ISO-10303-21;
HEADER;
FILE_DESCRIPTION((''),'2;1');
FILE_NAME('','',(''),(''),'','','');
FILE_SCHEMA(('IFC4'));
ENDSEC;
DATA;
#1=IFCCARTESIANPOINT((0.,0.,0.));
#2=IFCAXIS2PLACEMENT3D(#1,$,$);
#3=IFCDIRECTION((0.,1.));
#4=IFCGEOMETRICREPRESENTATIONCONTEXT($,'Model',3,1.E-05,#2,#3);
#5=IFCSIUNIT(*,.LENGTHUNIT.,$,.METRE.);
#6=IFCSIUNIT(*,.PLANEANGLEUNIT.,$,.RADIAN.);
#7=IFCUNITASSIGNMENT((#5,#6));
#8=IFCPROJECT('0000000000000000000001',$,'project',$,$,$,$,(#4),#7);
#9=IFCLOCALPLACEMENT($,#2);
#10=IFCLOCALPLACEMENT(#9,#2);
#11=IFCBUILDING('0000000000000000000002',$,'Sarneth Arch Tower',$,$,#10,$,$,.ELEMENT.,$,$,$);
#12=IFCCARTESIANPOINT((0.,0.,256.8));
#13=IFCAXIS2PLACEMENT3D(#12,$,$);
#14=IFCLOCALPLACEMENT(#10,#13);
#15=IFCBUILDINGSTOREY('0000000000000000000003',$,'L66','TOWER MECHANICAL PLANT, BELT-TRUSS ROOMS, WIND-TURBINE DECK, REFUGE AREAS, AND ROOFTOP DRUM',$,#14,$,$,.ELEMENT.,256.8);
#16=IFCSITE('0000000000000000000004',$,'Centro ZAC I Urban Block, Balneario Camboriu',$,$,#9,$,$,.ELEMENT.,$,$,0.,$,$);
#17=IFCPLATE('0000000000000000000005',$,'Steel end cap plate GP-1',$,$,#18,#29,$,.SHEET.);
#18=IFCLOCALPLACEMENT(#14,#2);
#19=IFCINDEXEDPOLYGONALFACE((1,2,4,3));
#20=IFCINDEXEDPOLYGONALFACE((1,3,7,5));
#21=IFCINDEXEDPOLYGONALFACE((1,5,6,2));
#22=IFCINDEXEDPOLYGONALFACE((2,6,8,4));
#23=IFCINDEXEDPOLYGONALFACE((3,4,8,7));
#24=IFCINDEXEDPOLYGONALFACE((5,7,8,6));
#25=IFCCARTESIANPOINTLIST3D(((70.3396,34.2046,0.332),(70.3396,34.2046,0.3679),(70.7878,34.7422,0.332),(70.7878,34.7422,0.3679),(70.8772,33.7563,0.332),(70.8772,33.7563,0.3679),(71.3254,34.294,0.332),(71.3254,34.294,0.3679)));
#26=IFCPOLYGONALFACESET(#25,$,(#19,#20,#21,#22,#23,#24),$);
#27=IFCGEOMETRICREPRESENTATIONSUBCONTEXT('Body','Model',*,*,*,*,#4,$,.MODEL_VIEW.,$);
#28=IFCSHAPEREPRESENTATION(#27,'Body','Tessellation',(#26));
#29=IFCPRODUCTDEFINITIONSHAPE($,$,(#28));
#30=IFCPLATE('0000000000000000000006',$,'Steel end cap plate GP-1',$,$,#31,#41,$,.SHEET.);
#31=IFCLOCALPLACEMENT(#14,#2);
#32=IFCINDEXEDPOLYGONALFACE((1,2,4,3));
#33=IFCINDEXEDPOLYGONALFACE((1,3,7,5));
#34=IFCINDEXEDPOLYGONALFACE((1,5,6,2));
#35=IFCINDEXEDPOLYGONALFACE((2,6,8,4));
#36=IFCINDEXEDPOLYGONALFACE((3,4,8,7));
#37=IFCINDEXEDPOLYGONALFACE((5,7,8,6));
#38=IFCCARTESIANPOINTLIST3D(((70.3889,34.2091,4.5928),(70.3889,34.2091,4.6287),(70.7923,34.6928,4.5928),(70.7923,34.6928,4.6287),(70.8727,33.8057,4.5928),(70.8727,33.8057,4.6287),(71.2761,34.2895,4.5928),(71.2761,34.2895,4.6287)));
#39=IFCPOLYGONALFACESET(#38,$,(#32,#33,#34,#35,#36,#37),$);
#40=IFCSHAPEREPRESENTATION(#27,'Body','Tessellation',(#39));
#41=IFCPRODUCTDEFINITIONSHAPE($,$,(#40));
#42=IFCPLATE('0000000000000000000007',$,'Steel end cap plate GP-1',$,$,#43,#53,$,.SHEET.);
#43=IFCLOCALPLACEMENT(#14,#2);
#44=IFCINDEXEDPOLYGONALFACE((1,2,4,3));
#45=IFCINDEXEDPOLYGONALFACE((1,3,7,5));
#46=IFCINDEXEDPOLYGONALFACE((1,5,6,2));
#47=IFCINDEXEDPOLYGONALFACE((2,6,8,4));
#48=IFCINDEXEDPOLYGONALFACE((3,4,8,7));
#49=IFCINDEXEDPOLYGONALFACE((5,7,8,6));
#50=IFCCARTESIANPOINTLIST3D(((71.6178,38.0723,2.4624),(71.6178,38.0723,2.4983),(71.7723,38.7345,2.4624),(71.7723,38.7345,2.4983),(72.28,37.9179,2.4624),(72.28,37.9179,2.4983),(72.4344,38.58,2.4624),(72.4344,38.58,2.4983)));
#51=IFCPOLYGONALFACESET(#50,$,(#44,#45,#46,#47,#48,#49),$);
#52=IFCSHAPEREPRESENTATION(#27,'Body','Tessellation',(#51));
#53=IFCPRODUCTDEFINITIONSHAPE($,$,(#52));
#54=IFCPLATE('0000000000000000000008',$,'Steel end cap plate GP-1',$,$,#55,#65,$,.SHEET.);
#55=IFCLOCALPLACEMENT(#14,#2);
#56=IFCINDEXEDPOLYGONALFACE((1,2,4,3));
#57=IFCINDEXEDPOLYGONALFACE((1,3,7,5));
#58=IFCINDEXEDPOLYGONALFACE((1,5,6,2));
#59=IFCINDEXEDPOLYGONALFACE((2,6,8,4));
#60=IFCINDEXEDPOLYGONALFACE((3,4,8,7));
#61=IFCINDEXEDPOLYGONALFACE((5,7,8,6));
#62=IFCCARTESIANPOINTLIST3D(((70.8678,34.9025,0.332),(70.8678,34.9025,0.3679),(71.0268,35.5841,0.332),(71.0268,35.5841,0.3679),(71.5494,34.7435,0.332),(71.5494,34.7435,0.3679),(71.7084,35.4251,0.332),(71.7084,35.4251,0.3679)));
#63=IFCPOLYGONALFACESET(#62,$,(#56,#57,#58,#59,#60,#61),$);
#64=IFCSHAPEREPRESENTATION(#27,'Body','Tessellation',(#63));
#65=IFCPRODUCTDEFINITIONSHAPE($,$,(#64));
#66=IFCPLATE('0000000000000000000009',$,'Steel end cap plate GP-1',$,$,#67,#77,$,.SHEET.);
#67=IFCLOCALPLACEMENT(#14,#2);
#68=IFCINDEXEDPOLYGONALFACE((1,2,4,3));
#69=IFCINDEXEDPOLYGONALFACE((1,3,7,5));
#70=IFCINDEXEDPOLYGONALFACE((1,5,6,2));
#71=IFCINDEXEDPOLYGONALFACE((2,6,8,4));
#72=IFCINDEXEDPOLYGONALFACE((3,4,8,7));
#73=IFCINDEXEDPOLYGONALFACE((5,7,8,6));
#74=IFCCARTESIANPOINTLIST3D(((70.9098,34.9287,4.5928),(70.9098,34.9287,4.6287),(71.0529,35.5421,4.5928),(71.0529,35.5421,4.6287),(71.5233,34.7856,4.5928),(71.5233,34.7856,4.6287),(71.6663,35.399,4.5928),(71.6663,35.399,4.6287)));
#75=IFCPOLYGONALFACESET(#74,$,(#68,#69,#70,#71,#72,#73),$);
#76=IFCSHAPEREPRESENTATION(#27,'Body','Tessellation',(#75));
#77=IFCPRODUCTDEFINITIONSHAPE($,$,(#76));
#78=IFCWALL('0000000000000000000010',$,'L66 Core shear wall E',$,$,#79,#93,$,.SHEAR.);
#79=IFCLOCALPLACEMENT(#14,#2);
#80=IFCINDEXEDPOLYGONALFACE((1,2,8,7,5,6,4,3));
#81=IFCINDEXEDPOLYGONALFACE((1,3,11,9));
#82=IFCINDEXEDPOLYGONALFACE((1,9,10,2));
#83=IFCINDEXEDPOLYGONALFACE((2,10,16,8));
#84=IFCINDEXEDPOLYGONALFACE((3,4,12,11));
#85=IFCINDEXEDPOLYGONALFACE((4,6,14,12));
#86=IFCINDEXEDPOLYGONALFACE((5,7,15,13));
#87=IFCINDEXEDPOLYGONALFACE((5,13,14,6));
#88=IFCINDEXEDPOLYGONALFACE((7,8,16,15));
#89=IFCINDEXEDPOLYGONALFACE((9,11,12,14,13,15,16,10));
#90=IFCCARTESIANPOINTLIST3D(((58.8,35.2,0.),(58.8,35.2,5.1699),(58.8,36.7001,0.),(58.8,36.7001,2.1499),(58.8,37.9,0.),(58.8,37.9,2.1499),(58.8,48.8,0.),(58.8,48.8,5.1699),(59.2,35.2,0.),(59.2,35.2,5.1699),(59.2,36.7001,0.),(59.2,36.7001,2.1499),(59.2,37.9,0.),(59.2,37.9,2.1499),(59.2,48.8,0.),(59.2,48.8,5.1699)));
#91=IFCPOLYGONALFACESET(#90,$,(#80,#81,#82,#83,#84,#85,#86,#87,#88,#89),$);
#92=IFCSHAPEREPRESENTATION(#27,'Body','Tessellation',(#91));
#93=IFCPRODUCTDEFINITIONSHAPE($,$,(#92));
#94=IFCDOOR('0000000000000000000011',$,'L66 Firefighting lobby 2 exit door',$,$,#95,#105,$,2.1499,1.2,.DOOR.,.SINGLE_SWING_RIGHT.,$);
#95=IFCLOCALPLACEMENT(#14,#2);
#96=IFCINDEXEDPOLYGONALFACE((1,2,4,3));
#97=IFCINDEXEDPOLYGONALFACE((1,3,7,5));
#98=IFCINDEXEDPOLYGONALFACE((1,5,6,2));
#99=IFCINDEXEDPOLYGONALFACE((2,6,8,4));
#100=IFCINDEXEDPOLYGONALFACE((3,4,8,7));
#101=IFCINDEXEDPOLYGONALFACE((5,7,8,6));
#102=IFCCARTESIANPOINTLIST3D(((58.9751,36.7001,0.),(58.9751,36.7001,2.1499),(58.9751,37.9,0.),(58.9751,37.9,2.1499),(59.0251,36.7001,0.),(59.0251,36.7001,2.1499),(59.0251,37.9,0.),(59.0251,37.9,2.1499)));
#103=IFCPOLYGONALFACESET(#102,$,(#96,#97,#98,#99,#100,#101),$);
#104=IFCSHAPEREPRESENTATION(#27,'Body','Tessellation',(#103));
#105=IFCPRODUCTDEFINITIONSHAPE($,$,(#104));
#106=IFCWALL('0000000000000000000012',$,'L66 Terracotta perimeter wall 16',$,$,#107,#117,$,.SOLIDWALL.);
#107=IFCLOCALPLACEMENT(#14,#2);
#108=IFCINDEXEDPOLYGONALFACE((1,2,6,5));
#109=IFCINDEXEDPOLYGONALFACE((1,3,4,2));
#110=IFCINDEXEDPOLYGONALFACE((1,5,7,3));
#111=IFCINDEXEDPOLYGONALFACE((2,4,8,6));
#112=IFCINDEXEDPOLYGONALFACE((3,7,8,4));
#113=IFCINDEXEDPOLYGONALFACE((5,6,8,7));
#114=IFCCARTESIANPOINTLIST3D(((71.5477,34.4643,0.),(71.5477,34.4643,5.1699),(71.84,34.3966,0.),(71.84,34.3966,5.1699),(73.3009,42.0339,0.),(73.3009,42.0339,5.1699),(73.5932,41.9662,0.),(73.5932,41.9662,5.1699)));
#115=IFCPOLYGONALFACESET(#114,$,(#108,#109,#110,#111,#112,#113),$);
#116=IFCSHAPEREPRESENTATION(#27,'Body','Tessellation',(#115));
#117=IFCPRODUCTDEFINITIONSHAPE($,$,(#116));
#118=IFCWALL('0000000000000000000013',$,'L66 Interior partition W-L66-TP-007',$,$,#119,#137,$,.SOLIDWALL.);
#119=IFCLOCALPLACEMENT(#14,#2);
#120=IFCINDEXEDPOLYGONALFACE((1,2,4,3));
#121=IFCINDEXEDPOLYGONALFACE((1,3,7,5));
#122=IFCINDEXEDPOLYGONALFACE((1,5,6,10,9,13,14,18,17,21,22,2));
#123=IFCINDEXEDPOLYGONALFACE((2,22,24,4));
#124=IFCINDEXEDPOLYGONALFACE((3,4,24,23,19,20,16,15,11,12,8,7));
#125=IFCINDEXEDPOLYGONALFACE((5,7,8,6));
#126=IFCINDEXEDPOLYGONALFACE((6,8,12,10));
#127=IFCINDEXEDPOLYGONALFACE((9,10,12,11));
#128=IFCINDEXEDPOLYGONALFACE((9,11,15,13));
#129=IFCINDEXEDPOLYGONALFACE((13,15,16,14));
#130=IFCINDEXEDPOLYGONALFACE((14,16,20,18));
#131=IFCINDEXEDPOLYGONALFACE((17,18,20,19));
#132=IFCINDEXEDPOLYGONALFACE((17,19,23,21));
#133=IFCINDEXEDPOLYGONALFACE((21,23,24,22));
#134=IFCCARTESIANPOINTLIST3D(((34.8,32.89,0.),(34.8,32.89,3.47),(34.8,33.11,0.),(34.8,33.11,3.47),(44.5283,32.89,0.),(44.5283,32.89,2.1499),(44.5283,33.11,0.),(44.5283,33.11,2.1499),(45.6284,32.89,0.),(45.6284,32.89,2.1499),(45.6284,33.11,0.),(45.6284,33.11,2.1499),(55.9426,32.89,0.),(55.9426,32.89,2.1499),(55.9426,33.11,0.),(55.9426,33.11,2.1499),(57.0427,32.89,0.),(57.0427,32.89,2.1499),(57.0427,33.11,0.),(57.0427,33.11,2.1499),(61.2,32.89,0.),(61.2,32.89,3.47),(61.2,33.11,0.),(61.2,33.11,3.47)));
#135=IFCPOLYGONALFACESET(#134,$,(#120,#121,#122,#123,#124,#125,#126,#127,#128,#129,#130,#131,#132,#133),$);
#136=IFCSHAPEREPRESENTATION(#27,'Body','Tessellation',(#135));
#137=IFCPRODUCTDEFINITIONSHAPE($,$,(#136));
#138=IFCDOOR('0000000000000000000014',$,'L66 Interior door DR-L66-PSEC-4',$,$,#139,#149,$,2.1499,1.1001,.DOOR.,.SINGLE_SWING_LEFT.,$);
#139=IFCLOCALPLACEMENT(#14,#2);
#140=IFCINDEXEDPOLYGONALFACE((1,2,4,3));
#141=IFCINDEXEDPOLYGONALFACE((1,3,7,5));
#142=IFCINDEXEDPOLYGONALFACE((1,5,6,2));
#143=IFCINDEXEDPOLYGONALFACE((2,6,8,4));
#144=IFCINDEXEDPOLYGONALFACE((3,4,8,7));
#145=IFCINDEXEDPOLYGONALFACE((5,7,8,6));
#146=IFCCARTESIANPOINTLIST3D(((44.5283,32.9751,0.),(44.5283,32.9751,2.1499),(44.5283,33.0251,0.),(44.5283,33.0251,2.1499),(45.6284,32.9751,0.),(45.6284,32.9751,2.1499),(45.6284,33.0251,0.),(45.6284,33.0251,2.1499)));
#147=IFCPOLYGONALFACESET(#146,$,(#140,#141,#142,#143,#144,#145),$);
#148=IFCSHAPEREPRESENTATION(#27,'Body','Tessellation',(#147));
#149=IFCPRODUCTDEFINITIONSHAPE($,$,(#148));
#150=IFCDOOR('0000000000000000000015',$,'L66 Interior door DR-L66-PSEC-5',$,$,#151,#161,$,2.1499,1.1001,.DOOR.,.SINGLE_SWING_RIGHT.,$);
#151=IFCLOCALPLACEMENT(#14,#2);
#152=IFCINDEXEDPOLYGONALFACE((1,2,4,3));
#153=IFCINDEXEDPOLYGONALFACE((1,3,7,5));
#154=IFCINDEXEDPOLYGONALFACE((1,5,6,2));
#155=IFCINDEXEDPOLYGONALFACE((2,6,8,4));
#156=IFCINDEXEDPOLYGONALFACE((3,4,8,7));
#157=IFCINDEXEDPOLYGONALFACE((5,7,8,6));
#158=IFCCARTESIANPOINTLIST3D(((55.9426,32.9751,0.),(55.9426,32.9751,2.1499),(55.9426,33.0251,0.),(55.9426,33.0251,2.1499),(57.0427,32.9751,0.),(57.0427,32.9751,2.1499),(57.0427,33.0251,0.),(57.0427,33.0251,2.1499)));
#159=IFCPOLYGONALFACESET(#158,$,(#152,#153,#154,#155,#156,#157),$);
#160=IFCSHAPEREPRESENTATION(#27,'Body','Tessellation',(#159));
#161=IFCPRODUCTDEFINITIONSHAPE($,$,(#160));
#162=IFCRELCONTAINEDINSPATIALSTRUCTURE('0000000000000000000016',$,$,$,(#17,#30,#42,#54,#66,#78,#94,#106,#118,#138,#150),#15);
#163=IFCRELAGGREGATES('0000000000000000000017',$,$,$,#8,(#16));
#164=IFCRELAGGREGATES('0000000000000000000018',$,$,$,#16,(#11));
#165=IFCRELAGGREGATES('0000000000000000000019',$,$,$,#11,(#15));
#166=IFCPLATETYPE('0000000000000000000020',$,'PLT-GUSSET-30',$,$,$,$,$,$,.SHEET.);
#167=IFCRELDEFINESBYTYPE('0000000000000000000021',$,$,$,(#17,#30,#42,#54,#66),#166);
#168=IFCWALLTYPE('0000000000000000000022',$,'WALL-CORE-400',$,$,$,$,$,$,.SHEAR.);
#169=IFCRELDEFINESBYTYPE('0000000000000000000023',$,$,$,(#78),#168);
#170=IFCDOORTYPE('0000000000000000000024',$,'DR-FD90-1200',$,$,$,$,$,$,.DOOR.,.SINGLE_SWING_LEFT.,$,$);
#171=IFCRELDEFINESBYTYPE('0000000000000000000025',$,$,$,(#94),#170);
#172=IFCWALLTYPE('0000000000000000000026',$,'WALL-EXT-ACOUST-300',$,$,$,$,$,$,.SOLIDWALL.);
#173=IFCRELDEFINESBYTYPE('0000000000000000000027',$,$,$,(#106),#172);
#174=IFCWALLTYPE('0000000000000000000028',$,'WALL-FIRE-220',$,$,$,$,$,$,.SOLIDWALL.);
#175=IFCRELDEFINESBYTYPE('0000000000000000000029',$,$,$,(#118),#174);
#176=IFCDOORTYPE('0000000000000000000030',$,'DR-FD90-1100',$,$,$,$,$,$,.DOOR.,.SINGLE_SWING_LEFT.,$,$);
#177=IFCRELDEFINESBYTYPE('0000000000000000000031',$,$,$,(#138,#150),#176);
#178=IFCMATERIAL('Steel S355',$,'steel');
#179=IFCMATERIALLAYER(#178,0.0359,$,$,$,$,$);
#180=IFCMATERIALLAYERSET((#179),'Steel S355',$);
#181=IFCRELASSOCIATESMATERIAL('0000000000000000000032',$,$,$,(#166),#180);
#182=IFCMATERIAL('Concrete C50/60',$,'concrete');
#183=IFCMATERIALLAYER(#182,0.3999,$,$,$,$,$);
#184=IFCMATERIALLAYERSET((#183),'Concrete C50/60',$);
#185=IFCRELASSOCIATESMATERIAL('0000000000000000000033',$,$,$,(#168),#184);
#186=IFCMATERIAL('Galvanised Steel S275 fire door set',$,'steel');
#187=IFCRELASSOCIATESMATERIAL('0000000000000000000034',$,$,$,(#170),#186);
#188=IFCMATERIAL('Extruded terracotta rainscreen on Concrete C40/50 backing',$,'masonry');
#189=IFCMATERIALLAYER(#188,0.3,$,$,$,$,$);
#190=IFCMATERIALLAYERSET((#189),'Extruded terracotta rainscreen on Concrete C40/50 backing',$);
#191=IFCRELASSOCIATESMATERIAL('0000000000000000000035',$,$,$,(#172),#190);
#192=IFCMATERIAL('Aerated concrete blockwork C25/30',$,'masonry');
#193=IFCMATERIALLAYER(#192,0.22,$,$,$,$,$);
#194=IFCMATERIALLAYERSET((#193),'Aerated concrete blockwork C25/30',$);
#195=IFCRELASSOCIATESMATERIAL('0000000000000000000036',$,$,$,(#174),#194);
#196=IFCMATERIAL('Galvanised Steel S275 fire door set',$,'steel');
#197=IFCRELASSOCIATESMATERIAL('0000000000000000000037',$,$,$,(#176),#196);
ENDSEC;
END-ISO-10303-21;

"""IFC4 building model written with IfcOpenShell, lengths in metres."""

from ifc_helpers import new_model, si_unit, direction, frame, frame_2d, origin, origin_2d, place, context, subcontext, project, spatial, rectangle, extrude, material, layer, layer_set, type_object, element, fill, save


model = new_model("IFC4")

# Units and contexts
model_context = context("Model", 3, precision=1e-05, world=origin(), true_north=direction((0.0, 1.0)))
body_context = subcontext(model_context, "Body", "Model", "MODEL_VIEW")
ifc_project = project(units=[si_unit("LENGTHUNIT", "METRE"), si_unit("PLANEANGLEUNIT", "RADIAN")], contexts=[model_context])

# Site, building, storey
site_placement = place(None, origin())
site = spatial("IfcSite", under=ifc_project, at=site_placement, Name="Centro ZAC I Urban Block, Balneario Camboriu", CompositionType="ELEMENT", RefElevation=0.0)
building_placement = place(site_placement, origin())
building = spatial("IfcBuilding", under=site, at=building_placement, Name="Sarneth Arch Tower", CompositionType="ELEMENT")
storey_placement = place(building_placement, frame((0.0, 0.0, 256.8)))
storey = spatial("IfcBuildingStorey", under=building, at=storey_placement, Name="L66", Description="TOWER MECHANICAL PLANT, BELT-TRUSS ROOMS, WIND-TURBINE DECK, REFUGE AREAS, AND ROOFTOP DRUM", CompositionType="ELEMENT", Elevation=256.8)

# Plates
ifc_material_1 = material(Name="Steel S355", Category="steel")
ifc_layer_1 = layer(ifc_material_1, 0.0359)
ifc_layer_set_1 = layer_set([ifc_layer_1], Name="Steel S355")
plate_type = type_object("IfcPlateType", Name="PLT-GUSSET-30", PredefinedType="SHEET", material=ifc_layer_set_1)
plate_1_placement = place(storey_placement, frame((70.8325, 34.2493, 0.332), z_axis=(0.0, 0.0, 1.0), x_axis=(0.640378, 0.76806, 0.0)))
element("IfcPlate", 1, at=plate_1_placement, inside=storey, type_object=plate_type, Name="Steel end cap plate GP-1", PredefinedType="SHEET", context=body_context, shape_type="SweptSolid", body=[
    extrude(rectangle(XDim=0.7, YDim=0.7, at=origin_2d()), origin(), (0.0, 0.0, 1.0), 0.0359),
])
plate_2_placement = place(storey_placement, frame((70.8325, 34.2493, 4.5928), z_axis=(0.0, 0.0, 1.0), x_axis=(0.640378, 0.76806, 0.0)))
element("IfcPlate", 2, at=plate_2_placement, inside=storey, type_object=plate_type, Name="Steel end cap plate GP-1", PredefinedType="SHEET", context=body_context, shape_type="SweptSolid", body=[
    extrude(rectangle(XDim=0.6299, YDim=0.6299, at=origin_2d()), origin(), (0.0, 0.0, 1.0), 0.0359),
])
plate_3_placement = place(storey_placement, frame((72.0261, 38.3262, 2.4624), z_axis=(0.0, 0.0, 1.0), x_axis=(0.227161, 0.973857, 0.0)))
element("IfcPlate", 3, at=plate_3_placement, inside=storey, type_object=plate_type, Name="Steel end cap plate GP-1", PredefinedType="SHEET", context=body_context, shape_type="SweptSolid", body=[
    extrude(rectangle(XDim=0.6799, YDim=0.6799, at=origin_2d()), origin(), (0.0, 0.0, 1.0), 0.0359),
])
plate_4_placement = place(storey_placement, frame((71.2881, 35.1638, 0.332), z_axis=(0.0, 0.0, 1.0), x_axis=(-0.227161, -0.973857, 0.0)))
element("IfcPlate", 4, at=plate_4_placement, inside=storey, type_object=plate_type, Name="Steel end cap plate GP-1", PredefinedType="SHEET", context=body_context, shape_type="SweptSolid", body=[
    extrude(rectangle(XDim=0.7, YDim=0.7, at=origin_2d()), origin(), (0.0, 0.0, 1.0), 0.0359),
])
plate_5_placement = place(storey_placement, frame((71.2881, 35.1638, 4.5928), z_axis=(0.0, 0.0, 1.0), x_axis=(-0.227161, -0.973857, 0.0)))
element("IfcPlate", 5, at=plate_5_placement, inside=storey, type_object=plate_type, Name="Steel end cap plate GP-1", PredefinedType="SHEET", context=body_context, shape_type="SweptSolid", body=[
    extrude(rectangle(XDim=0.6299, YDim=0.6299, at=origin_2d()), origin(), (0.0, 0.0, 1.0), 0.0359),
])

# Wall, opening, door
ifc_material_2 = material(Name="Concrete C50/60", Category="concrete")
ifc_layer_2 = layer(ifc_material_2, 0.3999)
ifc_layer_set_2 = layer_set([ifc_layer_2], Name="Concrete C50/60")
wall_type_1 = type_object("IfcWallType", Name="WALL-CORE-400", PredefinedType="SHEAR", material=ifc_layer_set_2)
wall_1_placement = place(storey_placement, frame((59.0, 35.2, 0.0), z_axis=(0.0, 0.0, 1.0), x_axis=(0.0, 1.0, 0.0)))
wall_1 = element("IfcWall", 6, at=wall_1_placement, inside=storey, type_object=wall_type_1, Name="L66 Core shear wall E", PredefinedType="SHEAR", context=body_context, shape_type="SweptSolid", body=[
    extrude(rectangle(XDim=13.6001, YDim=0.3999, at=frame_2d((6.8, 0.0))), origin(), (0.0, 0.0, 1.0), 5.1699),
])
opening_1_placement = place(wall_1_placement, frame((1.5, 0.0, 0.0)))
opening_1 = element("IfcOpeningElement", 7, at=opening_1_placement, cuts=wall_1, PredefinedType="OPENING", context=body_context, shape_type="SweptSolid", body=[
    extrude(rectangle(XDim=1.2, YDim=2.1499, at=frame_2d((0.6001, 1.075))), frame((0.0, 0.21, 0.0), z_axis=(0.0, -1.0, 0.0), x_axis=(1.0, 0.0, 0.0)), (0.0, 0.0, 1.0), 0.4199),
])
ifc_material_3 = material(Name="Galvanised Steel S275 fire door set", Category="steel")
door_type_1 = type_object("IfcDoorType", Name="DR-FD90-1200", OperationType="SINGLE_SWING_LEFT", PredefinedType="DOOR", material=ifc_material_3)
door_1_placement = place(opening_1_placement, origin())
door_1 = element("IfcDoor", 8, at=door_1_placement, inside=storey, type_object=door_type_1, Name="L66 Firefighting lobby 2 exit door", OperationType="SINGLE_SWING_RIGHT", OverallHeight=2.1499, OverallWidth=1.2, PredefinedType="DOOR", context=body_context, shape_type="SweptSolid", body=[
    extrude(rectangle(XDim=1.2, YDim=2.1499, at=frame_2d((0.6001, 1.075))), frame((0.0, 0.0249, 0.0), z_axis=(0.0, -1.0, 0.0), x_axis=(1.0, 0.0, 0.0)), (0.0, 0.0, 1.0), 0.05),
])
fill(opening_1, door_1)

# Wall
ifc_material_4 = material(Name="Extruded terracotta rainscreen on Concrete C40/50 backing", Category="masonry")
ifc_layer_3 = layer(ifc_material_4, 0.3)
ifc_layer_set_3 = layer_set([ifc_layer_3], Name="Extruded terracotta rainscreen on Concrete C40/50 backing")
wall_type_2 = type_object("IfcWallType", Name="WALL-EXT-ACOUST-300", PredefinedType="SOLIDWALL", material=ifc_layer_set_3)
wall_2_placement = place(storey_placement, frame((71.6938, 34.4304, 0.0), z_axis=(0.0, 0.0, 1.0), x_axis=(0.225635, 0.974212, 0.0)))
element("IfcWall", 9, at=wall_2_placement, inside=storey, type_object=wall_type_2, Name="L66 Terracotta perimeter wall 16", PredefinedType="SOLIDWALL", context=body_context, shape_type="SweptSolid", body=[
    extrude(rectangle(XDim=7.77, YDim=0.3, at=frame_2d((3.885, 0.0))), origin(), (0.0, 0.0, 1.0), 5.1699),
])

# Wall, openings, doors
ifc_material_5 = material(Name="Aerated concrete blockwork C25/30", Category="masonry")
ifc_layer_4 = layer(ifc_material_5, 0.22)
ifc_layer_set_4 = layer_set([ifc_layer_4], Name="Aerated concrete blockwork C25/30")
wall_type_3 = type_object("IfcWallType", Name="WALL-FIRE-220", PredefinedType="SOLIDWALL", material=ifc_layer_set_4)
wall_3_placement = place(storey_placement, frame((61.2, 33.0, 0.0), z_axis=(0.0, 0.0, 1.0), x_axis=(-1.0, 0.0, 0.0)))
wall_3 = element("IfcWall", 10, at=wall_3_placement, inside=storey, type_object=wall_type_3, Name="L66 Interior partition W-L66-TP-007", PredefinedType="SOLIDWALL", context=body_context, shape_type="SweptSolid", body=[
    extrude(rectangle(XDim=26.3999, YDim=0.22, at=frame_2d((13.2, 0.0))), origin(), (0.0, 0.0, 1.0), 3.47),
])
opening_2_placement = place(wall_3_placement, frame((15.5715, 0.0, 0.0)))
opening_2 = element("IfcOpeningElement", 11, at=opening_2_placement, cuts=wall_3, PredefinedType="OPENING", context=body_context, shape_type="SweptSolid", body=[
    extrude(rectangle(XDim=1.1001, YDim=2.1499, at=frame_2d((0.55, 1.075))), frame((0.0, 0.1199, 0.0), z_axis=(0.0, -1.0, 0.0), x_axis=(1.0, 0.0, 0.0)), (0.0, 0.0, 1.0), 0.24),
])
opening_3_placement = place(wall_3_placement, frame((4.1572, 0.0, 0.0)))
opening_3 = element("IfcOpeningElement", 12, at=opening_3_placement, cuts=wall_3, PredefinedType="OPENING", context=body_context, shape_type="SweptSolid", body=[
    extrude(rectangle(XDim=1.1001, YDim=2.1499, at=frame_2d((0.55, 1.075))), frame((0.0, 0.1199, 0.0), z_axis=(0.0, -1.0, 0.0), x_axis=(1.0, 0.0, 0.0)), (0.0, 0.0, 1.0), 0.24),
])
ifc_material_6 = material(Name="Galvanised Steel S275 fire door set", Category="steel")
door_type_2 = type_object("IfcDoorType", Name="DR-FD90-1100", OperationType="SINGLE_SWING_LEFT", PredefinedType="DOOR", material=ifc_material_6)
door_2_placement = place(opening_2_placement, origin())
door_2 = element("IfcDoor", 13, at=door_2_placement, inside=storey, type_object=door_type_2, Name="L66 Interior door DR-L66-PSEC-4", OperationType="SINGLE_SWING_LEFT", OverallHeight=2.1499, OverallWidth=1.1001, PredefinedType="DOOR", context=body_context, shape_type="SweptSolid", body=[
    extrude(rectangle(XDim=1.1001, YDim=2.1499, at=frame_2d((0.55, 1.075))), frame((0.0, 0.0249, 0.0), z_axis=(0.0, -1.0, 0.0), x_axis=(1.0, 0.0, 0.0)), (0.0, 0.0, 1.0), 0.05),
])
fill(opening_2, door_2)
door_3_placement = place(opening_3_placement, origin())
door_3 = element("IfcDoor", 14, at=door_3_placement, inside=storey, type_object=door_type_2, Name="L66 Interior door DR-L66-PSEC-5", OperationType="SINGLE_SWING_RIGHT", OverallHeight=2.1499, OverallWidth=1.1001, PredefinedType="DOOR", context=body_context, shape_type="SweptSolid", body=[
    extrude(rectangle(XDim=1.1001, YDim=2.1499, at=frame_2d((0.55, 1.075))), frame((0.0, 0.0249, 0.0), z_axis=(0.0, -1.0, 0.0), x_axis=(1.0, 0.0, 0.0)), (0.0, 0.0, 1.0), 0.05),
])
fill(opening_3, door_3)

save(model, "model.ifc")
